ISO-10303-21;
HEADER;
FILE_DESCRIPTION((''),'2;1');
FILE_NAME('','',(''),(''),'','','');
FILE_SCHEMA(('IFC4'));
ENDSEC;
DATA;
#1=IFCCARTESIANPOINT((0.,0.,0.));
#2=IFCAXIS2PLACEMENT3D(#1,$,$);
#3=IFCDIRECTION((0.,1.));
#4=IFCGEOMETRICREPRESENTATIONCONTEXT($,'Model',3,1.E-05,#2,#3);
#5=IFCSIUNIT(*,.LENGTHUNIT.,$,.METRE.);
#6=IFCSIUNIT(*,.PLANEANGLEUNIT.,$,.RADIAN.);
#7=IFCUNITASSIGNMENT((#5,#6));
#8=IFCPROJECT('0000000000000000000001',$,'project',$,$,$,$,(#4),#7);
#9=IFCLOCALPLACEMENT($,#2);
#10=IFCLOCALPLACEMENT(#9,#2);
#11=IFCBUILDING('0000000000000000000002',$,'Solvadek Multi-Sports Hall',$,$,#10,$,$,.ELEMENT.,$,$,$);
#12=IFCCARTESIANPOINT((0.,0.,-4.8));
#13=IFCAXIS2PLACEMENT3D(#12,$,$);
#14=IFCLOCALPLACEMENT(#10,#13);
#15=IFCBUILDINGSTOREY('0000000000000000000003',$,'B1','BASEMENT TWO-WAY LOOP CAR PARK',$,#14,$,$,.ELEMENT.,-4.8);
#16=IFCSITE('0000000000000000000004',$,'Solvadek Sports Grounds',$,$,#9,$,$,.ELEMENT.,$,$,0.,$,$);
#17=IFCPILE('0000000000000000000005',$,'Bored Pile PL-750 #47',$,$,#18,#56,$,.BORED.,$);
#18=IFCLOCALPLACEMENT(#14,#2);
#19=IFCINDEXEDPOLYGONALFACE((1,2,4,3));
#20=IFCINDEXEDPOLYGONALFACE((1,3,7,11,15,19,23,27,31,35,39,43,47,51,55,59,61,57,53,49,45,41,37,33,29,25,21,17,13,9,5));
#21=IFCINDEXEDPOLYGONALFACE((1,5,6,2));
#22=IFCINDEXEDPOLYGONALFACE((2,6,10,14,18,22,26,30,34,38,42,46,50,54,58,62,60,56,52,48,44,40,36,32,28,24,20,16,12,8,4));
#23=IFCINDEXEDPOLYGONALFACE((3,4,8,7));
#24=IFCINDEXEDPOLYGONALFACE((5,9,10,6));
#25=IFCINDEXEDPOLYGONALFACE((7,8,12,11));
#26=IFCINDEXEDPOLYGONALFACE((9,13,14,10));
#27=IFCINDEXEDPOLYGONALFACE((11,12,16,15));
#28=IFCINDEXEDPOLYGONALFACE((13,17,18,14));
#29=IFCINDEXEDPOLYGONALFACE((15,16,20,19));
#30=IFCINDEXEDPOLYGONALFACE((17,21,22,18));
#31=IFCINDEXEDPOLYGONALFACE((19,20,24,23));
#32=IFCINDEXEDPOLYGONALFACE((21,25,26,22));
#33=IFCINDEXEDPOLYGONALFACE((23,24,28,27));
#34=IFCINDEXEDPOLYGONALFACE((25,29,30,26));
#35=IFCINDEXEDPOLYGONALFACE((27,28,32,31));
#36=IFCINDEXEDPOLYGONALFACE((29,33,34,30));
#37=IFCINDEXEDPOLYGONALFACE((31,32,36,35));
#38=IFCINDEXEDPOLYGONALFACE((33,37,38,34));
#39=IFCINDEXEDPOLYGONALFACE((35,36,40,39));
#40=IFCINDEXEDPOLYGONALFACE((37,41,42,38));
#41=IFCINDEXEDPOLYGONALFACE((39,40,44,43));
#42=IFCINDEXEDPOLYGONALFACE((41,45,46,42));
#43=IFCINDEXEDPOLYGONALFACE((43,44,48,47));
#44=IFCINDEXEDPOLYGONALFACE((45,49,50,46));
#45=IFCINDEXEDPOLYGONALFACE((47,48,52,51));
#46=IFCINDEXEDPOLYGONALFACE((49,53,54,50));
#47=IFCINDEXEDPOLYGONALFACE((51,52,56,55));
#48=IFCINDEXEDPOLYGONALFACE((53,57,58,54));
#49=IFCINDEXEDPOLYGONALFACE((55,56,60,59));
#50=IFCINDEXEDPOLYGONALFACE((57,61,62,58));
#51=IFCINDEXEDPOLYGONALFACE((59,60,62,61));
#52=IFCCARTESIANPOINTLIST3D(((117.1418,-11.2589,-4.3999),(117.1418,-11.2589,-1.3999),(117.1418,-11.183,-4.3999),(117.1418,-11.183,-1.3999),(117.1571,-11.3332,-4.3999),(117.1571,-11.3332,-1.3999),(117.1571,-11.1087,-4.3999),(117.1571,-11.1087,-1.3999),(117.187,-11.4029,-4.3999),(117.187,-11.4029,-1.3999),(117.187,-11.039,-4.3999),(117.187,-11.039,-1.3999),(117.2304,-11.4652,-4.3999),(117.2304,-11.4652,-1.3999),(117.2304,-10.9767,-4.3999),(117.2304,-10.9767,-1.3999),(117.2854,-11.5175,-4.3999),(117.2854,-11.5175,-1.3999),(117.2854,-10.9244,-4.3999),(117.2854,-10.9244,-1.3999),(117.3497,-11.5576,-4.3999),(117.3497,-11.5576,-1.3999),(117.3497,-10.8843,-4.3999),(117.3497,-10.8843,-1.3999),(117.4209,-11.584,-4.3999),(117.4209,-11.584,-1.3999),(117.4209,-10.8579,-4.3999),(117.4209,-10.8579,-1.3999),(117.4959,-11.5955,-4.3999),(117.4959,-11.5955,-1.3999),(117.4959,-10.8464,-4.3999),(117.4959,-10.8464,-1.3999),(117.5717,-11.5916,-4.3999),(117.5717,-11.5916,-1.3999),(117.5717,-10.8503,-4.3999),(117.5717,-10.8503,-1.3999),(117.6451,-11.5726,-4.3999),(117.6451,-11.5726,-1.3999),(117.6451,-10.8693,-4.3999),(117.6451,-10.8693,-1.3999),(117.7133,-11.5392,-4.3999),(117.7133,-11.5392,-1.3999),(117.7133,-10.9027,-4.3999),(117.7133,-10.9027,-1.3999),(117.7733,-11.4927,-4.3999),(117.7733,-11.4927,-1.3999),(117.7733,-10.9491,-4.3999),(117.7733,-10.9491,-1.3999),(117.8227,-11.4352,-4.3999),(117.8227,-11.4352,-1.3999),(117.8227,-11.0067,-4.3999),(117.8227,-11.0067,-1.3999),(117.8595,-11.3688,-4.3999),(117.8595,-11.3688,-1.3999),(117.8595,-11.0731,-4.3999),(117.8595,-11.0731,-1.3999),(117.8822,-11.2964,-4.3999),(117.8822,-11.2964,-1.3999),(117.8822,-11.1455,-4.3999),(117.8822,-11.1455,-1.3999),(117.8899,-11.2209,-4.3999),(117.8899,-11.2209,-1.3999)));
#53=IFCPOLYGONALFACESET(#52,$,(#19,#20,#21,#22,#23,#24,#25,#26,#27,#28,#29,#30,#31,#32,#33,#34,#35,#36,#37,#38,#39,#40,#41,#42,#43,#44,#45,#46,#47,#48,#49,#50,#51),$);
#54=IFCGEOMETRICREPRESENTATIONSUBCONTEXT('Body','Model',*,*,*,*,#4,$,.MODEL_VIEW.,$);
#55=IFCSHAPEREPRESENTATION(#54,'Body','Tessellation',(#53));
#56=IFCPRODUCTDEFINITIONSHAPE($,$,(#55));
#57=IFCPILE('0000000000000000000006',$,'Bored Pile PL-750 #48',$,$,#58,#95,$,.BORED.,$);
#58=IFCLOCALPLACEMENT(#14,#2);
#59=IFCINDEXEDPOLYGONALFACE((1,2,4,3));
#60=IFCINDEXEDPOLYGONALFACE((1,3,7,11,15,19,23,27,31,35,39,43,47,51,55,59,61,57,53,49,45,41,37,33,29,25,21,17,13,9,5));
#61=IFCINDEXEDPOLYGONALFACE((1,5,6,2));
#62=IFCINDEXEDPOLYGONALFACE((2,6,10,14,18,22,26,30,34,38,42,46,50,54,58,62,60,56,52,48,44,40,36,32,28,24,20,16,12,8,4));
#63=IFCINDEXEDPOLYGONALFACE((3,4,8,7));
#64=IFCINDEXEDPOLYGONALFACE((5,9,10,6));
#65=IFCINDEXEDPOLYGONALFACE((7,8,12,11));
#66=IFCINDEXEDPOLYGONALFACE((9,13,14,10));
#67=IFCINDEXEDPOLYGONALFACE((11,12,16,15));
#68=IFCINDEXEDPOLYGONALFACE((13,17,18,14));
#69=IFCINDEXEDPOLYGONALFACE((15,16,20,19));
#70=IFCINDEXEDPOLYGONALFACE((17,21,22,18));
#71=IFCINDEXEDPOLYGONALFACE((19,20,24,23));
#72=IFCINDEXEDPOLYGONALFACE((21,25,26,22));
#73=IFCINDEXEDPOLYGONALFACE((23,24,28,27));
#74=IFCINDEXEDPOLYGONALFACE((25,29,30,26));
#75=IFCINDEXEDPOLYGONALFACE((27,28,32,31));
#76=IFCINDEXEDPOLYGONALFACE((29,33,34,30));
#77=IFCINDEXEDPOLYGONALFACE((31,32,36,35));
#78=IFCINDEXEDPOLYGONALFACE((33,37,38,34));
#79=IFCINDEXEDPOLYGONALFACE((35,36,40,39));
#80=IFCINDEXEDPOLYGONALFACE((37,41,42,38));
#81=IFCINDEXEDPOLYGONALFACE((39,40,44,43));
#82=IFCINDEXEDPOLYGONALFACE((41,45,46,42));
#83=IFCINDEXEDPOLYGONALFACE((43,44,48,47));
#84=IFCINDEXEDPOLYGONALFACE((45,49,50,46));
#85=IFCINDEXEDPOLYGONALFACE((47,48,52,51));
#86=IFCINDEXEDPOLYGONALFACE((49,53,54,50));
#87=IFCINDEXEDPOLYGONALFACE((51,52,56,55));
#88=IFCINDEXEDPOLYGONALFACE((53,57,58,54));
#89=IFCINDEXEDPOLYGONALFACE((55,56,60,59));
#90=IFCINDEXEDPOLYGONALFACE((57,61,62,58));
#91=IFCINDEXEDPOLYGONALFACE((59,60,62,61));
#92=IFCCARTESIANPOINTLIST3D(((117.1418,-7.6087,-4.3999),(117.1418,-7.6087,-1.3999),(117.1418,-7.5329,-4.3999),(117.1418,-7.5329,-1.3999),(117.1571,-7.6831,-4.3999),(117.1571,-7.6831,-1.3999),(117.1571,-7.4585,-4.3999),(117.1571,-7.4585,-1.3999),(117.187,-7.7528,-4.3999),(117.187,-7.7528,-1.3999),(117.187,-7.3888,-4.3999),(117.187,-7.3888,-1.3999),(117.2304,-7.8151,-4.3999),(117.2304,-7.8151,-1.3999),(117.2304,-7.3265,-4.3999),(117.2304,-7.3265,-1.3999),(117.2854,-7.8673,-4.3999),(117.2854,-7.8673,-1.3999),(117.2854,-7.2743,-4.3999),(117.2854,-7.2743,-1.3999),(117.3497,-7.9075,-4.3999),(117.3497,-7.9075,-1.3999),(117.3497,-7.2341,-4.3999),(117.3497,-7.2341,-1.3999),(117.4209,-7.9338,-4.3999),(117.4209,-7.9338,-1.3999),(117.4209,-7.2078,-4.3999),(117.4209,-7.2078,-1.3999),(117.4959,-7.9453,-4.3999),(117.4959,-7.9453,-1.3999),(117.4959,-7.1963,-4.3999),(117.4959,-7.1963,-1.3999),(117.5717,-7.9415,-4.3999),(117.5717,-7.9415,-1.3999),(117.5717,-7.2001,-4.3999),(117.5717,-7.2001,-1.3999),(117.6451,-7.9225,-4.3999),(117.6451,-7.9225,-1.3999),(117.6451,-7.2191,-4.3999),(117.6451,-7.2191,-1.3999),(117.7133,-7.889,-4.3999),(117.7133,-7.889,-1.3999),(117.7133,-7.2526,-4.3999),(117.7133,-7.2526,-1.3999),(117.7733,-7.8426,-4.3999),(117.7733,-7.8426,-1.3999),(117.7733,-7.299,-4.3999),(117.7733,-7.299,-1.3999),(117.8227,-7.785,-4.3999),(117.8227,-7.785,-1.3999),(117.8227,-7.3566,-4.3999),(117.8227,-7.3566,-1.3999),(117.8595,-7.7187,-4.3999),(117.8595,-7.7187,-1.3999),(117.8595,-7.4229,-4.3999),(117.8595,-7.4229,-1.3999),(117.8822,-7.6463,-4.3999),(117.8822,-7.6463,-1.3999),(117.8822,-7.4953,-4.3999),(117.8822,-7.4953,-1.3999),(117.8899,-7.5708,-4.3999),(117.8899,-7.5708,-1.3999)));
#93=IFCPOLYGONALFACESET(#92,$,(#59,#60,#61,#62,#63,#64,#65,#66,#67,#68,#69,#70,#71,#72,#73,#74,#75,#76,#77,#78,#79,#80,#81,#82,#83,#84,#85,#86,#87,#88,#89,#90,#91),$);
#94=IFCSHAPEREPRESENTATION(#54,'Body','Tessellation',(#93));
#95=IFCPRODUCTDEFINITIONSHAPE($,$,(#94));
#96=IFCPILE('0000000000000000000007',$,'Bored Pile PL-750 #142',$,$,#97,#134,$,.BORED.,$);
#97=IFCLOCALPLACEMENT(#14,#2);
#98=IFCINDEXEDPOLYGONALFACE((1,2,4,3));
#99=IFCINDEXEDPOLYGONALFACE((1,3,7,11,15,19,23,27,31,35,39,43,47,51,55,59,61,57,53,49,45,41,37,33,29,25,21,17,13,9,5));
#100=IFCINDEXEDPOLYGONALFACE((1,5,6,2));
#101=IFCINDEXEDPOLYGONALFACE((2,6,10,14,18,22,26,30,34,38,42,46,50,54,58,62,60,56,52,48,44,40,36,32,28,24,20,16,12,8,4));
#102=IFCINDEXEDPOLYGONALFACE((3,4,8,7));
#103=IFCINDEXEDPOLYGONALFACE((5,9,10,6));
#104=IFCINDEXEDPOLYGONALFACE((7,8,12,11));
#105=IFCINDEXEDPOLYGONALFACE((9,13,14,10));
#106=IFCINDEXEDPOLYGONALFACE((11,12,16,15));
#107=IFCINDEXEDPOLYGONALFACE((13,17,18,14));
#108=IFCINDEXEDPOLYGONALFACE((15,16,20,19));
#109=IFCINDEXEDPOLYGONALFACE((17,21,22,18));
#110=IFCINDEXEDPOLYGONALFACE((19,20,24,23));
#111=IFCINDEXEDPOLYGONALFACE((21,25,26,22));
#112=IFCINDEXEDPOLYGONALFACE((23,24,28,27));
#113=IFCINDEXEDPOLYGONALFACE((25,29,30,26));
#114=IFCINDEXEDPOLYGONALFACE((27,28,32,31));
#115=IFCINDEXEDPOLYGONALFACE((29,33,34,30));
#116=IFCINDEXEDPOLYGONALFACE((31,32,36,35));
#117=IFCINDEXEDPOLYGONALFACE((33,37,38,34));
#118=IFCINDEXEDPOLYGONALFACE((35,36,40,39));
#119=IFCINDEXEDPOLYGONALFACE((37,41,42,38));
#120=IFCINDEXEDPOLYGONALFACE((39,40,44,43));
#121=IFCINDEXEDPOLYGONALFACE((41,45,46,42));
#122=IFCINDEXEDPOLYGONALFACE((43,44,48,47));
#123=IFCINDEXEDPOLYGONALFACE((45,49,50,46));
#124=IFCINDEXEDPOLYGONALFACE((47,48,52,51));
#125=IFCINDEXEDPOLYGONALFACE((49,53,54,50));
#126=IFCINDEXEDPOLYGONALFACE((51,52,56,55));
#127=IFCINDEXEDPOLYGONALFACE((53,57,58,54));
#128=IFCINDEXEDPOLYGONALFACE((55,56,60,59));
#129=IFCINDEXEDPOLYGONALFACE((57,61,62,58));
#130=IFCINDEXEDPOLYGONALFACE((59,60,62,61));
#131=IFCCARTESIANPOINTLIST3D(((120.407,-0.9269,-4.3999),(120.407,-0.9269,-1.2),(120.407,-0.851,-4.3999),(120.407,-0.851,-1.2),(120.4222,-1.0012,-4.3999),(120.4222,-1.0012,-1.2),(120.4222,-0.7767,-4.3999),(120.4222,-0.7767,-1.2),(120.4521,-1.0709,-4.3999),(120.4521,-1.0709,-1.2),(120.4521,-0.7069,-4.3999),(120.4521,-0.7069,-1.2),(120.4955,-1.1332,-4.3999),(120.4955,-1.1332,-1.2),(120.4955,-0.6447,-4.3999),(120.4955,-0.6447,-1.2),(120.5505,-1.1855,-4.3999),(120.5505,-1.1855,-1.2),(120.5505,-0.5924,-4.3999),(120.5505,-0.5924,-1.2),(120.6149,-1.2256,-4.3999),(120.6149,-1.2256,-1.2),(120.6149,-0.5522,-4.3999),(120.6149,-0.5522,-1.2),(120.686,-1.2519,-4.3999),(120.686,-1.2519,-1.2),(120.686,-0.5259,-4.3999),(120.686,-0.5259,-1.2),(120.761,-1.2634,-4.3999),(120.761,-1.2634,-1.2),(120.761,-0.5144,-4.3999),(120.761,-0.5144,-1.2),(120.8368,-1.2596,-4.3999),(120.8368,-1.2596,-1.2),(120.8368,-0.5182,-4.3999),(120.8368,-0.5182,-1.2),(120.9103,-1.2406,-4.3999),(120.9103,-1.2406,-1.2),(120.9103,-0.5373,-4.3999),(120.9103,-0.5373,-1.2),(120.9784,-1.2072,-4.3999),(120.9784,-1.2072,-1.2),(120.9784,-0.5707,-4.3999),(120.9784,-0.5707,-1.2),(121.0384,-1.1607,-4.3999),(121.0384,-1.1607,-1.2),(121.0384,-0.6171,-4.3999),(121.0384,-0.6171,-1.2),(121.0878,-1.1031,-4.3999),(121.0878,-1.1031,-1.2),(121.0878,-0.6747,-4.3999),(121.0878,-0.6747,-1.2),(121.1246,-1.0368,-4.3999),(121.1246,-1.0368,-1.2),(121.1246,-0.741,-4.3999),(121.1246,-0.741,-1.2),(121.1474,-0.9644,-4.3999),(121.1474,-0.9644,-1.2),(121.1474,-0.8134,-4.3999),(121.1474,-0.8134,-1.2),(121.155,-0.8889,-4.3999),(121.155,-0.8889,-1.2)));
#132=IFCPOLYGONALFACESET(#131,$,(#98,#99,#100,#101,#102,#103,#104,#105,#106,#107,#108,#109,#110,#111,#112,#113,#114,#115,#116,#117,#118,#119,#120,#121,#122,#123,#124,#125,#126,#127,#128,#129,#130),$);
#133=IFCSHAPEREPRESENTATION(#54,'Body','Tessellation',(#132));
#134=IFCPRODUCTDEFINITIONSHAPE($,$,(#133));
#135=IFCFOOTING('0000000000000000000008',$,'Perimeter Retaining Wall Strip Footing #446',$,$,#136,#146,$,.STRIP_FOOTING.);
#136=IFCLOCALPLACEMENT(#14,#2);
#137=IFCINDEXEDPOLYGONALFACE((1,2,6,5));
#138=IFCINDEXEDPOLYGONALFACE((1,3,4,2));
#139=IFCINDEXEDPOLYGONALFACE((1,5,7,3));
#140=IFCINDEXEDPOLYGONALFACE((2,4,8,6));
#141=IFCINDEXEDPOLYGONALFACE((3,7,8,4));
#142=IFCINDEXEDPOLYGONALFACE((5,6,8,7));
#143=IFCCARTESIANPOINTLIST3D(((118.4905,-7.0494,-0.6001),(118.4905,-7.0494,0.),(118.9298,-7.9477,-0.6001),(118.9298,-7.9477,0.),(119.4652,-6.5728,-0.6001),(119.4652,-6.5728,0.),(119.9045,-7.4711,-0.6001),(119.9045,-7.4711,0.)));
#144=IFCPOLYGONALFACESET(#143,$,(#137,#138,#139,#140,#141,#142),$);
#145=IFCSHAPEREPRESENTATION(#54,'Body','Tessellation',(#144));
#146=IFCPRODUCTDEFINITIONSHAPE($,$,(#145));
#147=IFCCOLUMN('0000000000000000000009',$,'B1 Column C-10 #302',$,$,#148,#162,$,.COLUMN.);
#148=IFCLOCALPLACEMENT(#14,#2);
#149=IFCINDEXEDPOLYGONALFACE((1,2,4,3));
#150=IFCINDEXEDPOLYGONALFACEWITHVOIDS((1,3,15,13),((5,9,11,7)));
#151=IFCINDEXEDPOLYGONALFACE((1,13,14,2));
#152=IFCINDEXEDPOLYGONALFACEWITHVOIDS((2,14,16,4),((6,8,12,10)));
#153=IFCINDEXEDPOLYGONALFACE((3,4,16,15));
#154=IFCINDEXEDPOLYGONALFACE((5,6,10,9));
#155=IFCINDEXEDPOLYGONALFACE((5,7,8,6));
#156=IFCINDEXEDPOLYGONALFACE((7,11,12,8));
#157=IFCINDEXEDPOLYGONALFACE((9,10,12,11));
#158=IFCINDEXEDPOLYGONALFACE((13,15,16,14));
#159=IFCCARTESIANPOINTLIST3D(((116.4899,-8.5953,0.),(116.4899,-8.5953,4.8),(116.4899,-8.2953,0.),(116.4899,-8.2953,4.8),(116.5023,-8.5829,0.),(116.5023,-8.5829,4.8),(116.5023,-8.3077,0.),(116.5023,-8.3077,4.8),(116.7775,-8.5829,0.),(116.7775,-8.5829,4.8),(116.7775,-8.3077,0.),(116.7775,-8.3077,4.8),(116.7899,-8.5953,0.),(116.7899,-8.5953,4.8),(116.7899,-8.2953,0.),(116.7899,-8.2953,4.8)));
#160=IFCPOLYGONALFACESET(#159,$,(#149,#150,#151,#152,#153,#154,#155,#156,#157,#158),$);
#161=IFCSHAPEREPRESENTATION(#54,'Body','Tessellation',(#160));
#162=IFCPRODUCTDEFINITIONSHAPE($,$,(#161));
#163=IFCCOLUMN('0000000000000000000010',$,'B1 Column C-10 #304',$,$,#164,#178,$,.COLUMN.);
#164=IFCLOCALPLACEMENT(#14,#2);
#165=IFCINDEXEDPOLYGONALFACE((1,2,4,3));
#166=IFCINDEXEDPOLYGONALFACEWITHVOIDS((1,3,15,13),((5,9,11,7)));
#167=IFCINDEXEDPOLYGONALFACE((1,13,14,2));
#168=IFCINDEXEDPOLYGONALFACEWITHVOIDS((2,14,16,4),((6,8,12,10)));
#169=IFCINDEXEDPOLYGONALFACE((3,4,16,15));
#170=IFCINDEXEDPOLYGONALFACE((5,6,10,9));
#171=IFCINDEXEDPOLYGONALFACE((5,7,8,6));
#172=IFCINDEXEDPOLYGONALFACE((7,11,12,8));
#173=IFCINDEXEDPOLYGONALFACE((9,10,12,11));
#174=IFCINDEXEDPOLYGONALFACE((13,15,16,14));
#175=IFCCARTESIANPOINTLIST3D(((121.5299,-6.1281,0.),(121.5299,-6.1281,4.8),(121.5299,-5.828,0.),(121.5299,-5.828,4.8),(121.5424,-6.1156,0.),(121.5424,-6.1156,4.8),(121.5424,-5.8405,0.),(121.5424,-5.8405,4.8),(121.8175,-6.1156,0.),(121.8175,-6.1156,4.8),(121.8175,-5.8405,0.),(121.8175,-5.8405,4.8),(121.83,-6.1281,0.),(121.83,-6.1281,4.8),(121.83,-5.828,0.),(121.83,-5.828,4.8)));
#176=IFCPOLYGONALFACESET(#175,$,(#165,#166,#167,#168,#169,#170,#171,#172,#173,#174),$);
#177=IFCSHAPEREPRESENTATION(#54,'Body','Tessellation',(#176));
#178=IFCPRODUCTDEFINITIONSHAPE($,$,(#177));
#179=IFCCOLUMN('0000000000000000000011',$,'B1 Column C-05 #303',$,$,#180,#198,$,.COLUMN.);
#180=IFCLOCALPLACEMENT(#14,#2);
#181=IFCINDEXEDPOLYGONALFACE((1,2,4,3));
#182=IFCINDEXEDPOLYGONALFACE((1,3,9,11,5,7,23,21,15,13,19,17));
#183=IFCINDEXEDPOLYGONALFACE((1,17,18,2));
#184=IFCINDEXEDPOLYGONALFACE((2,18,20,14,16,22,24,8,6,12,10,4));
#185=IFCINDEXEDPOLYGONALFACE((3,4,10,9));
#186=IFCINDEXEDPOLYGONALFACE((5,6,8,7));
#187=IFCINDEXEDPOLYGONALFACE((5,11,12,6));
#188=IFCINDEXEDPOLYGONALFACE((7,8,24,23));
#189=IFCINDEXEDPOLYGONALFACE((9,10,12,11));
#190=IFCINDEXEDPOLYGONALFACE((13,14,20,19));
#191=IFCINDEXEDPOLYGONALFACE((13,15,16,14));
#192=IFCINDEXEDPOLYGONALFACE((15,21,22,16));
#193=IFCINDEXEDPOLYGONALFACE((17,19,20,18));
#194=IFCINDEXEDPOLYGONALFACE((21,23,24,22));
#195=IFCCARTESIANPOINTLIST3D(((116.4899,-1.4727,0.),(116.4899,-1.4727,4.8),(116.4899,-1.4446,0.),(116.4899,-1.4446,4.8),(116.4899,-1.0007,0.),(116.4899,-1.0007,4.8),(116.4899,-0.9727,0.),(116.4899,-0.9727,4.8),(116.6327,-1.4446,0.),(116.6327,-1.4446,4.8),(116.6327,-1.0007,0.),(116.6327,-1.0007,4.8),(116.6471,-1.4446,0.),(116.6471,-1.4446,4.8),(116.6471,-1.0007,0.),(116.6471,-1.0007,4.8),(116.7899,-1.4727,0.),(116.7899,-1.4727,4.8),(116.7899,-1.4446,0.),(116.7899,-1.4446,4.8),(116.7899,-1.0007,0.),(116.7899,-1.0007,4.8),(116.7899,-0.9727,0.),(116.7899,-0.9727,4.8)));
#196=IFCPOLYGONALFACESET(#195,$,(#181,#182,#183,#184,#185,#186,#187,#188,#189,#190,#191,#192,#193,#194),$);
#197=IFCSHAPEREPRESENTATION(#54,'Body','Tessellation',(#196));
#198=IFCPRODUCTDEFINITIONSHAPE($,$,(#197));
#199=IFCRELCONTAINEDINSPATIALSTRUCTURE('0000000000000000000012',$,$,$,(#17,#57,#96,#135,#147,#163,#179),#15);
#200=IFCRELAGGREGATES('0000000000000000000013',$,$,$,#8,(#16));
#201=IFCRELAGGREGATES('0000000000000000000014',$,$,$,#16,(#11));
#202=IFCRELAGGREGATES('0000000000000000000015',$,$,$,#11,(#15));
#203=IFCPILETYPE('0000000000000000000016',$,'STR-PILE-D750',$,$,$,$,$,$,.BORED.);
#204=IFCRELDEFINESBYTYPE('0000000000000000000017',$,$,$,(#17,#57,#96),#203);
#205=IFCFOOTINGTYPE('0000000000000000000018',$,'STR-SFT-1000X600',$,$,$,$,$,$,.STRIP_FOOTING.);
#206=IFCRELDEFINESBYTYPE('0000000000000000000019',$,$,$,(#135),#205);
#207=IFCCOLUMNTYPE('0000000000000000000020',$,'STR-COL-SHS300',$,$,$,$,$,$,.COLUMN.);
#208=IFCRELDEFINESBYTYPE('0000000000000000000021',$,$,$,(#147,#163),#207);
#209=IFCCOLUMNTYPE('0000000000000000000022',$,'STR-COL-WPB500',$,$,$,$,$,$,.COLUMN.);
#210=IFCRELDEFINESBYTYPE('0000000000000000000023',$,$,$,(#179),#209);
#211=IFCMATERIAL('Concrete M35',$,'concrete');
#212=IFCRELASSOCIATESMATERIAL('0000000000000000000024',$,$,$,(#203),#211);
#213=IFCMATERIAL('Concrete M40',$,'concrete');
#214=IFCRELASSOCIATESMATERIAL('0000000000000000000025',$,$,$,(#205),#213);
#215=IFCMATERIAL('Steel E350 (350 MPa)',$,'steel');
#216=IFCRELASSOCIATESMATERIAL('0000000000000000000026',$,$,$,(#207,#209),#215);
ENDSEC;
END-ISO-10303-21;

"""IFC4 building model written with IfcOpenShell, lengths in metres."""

from ifc_helpers import new_model, si_unit, direction, frame, origin, origin_2d, place, context, subcontext, project, spatial, rectangle, hollow_rectangle, circle, i_section, extrude, material, material_profile, profile_set, type_object, element, save


model = new_model("IFC4")

# Units and contexts
model_context = context("Model", 3, precision=1e-05, world=origin(), true_north=direction((0.0, 1.0)))
body_context = subcontext(model_context, "Body", "Model", "MODEL_VIEW")
ifc_project = project(units=[si_unit("LENGTHUNIT", "METRE"), si_unit("PLANEANGLEUNIT", "RADIAN")], contexts=[model_context])

# Site, building, storey
site_placement = place(None, origin())
site = spatial("IfcSite", under=ifc_project, at=site_placement, Name="Solvadek Sports Grounds", CompositionType="ELEMENT", RefElevation=0.0)
building_placement = place(site_placement, origin())
building = spatial("IfcBuilding", under=site, at=building_placement, Name="Solvadek Multi-Sports Hall", CompositionType="ELEMENT")
storey_placement = place(building_placement, frame((0.0, 0.0, -4.8)))
storey = spatial("IfcBuildingStorey", under=building, at=storey_placement, Name="B1", Description="BASEMENT TWO-WAY LOOP CAR PARK", CompositionType="ELEMENT", Elevation=-4.8)

# Shared definitions
ifc_material_1 = material(Name="Concrete M40", Category="concrete")

# Piles
ifc_material_2 = material(Name="Concrete M35", Category="concrete")
ifc_material_profile_1 = material_profile(ifc_material_2, circle(Radius=0.375, at=origin_2d()), Name="BORED PILE D750")
ifc_profile_set_1 = profile_set([ifc_material_profile_1], Name="Concrete M35")
pile_type_1 = type_object("IfcPileType", Name="STR-PILE-D750", PredefinedType="BORED", material=ifc_profile_set_1)
for number, where, z_axis, x_axis, name in (
    (1, (117.5149, -11.2209, -1.3999), (0.0, 0.0, -1.0), (1.0, 0.0, 0.0), "Bored Pile PL-750 #47"),
    (2, (117.5149, -7.5708, -1.3999), (0.0, 0.0, -1.0), (1.0, 0.0, 0.0), "Bored Pile PL-750 #48"),
):
    element("IfcPile", number, at=place(storey_placement, frame(where, z_axis=z_axis, x_axis=x_axis)), inside=storey, type_object=pile_type_1, Name=name, PredefinedType="BORED", context=body_context, shape_type="SweptSolid", body=[
        extrude(circle(Radius=0.375, at=origin_2d()), origin(), (0.0, 0.0, 1.0), 3.0),
    ])
pile_placement = place(storey_placement, frame((120.78, -0.8889, -1.2), z_axis=(0.0, 0.0, -1.0), x_axis=(1.0, 0.0, 0.0)))
element("IfcPile", 3, at=pile_placement, inside=storey, type_object=pile_type_1, Name="Bored Pile PL-750 #142", PredefinedType="BORED", context=body_context, shape_type="SweptSolid", body=[
    extrude(circle(Radius=0.375, at=origin_2d()), origin(), (0.0, 0.0, 1.0), 3.2),
])

# Footing
footing_type_1 = type_object("IfcFootingType", Name="STR-SFT-1000X600", PredefinedType="STRIP_FOOTING", material=ifc_material_1)
footing_1_placement = place(storey_placement, frame((119.1975, -7.2603, -0.6001), z_axis=(0.0, 0.0, 1.0), x_axis=(0.898334, 0.439312, 0.0)))
element("IfcFooting", 4, at=footing_1_placement, inside=storey, type_object=footing_type_1, Name="Perimeter Retaining Wall Strip Footing #446", PredefinedType="STRIP_FOOTING", context=body_context, shape_type="SweptSolid", body=[
    extrude(rectangle(XDim=1.085, YDim=1.0, at=origin_2d()), origin(), (0.0, 0.0, 1.0), 0.6001),
])

# Columns
ifc_material_3 = material(Name="Steel E350 (350 MPa)", Category="steel")
ifc_material_profile_2 = material_profile(ifc_material_3, hollow_rectangle(XDim=0.3, YDim=0.3, WallThickness=0.0125, at=origin_2d()), Name="SHS 300x300x12.5")
ifc_profile_set_2 = profile_set([ifc_material_profile_2], Name="Steel E350 (350 MPa)")
column_type_1 = type_object("IfcColumnType", Name="STR-COL-SHS300", PredefinedType="COLUMN", material=ifc_profile_set_2)
for number, where, z_axis, x_axis, name in (
    (5, (116.6399, -8.4453, 0.0), (0.0, 0.0, 1.0), (1.0, 0.0, 0.0), "B1 Column C-10 #302"),
    (6, (121.6799, -5.978, 0.0), (0.0, 0.0, 1.0), (1.0, 0.0, 0.0), "B1 Column C-10 #304"),
):
    element("IfcColumn", number, at=place(storey_placement, frame(where, z_axis=z_axis, x_axis=x_axis)), inside=storey, type_object=column_type_1, Name=name, PredefinedType="COLUMN", context=body_context, shape_type="SweptSolid", body=[
        extrude(hollow_rectangle(XDim=0.3, YDim=0.3, WallThickness=0.0125, at=origin_2d()), origin(), (0.0, 0.0, 1.0), 4.8),
    ])
ifc_material_profile_3 = material_profile(ifc_material_3, i_section(OverallWidth=0.3, OverallDepth=0.5, WebThickness=0.0144, FlangeThickness=0.0281, at=origin_2d()), Name="WPB 500")
ifc_profile_set_3 = profile_set([ifc_material_profile_3], Name="Steel E350 (350 MPa)")
column_type_2 = type_object("IfcColumnType", Name="STR-COL-WPB500", PredefinedType="COLUMN", material=ifc_profile_set_3)
for number, where, z_axis, x_axis, name in (
    (7, (116.6399, -1.2227, 0.0), (0.0, 0.0, 1.0), (1.0, 0.0, 0.0), "B1 Column C-05 #303"),
):
    element("IfcColumn", number, at=place(storey_placement, frame(where, z_axis=z_axis, x_axis=x_axis)), inside=storey, type_object=column_type_2, Name=name, PredefinedType="COLUMN", context=body_context, shape_type="SweptSolid", body=[
        extrude(i_section(OverallWidth=0.3, OverallDepth=0.5, WebThickness=0.0144, FlangeThickness=0.0281, at=origin_2d()), origin(), (0.0, 0.0, 1.0), 4.8),
    ])

save(model, "model.ifc")
